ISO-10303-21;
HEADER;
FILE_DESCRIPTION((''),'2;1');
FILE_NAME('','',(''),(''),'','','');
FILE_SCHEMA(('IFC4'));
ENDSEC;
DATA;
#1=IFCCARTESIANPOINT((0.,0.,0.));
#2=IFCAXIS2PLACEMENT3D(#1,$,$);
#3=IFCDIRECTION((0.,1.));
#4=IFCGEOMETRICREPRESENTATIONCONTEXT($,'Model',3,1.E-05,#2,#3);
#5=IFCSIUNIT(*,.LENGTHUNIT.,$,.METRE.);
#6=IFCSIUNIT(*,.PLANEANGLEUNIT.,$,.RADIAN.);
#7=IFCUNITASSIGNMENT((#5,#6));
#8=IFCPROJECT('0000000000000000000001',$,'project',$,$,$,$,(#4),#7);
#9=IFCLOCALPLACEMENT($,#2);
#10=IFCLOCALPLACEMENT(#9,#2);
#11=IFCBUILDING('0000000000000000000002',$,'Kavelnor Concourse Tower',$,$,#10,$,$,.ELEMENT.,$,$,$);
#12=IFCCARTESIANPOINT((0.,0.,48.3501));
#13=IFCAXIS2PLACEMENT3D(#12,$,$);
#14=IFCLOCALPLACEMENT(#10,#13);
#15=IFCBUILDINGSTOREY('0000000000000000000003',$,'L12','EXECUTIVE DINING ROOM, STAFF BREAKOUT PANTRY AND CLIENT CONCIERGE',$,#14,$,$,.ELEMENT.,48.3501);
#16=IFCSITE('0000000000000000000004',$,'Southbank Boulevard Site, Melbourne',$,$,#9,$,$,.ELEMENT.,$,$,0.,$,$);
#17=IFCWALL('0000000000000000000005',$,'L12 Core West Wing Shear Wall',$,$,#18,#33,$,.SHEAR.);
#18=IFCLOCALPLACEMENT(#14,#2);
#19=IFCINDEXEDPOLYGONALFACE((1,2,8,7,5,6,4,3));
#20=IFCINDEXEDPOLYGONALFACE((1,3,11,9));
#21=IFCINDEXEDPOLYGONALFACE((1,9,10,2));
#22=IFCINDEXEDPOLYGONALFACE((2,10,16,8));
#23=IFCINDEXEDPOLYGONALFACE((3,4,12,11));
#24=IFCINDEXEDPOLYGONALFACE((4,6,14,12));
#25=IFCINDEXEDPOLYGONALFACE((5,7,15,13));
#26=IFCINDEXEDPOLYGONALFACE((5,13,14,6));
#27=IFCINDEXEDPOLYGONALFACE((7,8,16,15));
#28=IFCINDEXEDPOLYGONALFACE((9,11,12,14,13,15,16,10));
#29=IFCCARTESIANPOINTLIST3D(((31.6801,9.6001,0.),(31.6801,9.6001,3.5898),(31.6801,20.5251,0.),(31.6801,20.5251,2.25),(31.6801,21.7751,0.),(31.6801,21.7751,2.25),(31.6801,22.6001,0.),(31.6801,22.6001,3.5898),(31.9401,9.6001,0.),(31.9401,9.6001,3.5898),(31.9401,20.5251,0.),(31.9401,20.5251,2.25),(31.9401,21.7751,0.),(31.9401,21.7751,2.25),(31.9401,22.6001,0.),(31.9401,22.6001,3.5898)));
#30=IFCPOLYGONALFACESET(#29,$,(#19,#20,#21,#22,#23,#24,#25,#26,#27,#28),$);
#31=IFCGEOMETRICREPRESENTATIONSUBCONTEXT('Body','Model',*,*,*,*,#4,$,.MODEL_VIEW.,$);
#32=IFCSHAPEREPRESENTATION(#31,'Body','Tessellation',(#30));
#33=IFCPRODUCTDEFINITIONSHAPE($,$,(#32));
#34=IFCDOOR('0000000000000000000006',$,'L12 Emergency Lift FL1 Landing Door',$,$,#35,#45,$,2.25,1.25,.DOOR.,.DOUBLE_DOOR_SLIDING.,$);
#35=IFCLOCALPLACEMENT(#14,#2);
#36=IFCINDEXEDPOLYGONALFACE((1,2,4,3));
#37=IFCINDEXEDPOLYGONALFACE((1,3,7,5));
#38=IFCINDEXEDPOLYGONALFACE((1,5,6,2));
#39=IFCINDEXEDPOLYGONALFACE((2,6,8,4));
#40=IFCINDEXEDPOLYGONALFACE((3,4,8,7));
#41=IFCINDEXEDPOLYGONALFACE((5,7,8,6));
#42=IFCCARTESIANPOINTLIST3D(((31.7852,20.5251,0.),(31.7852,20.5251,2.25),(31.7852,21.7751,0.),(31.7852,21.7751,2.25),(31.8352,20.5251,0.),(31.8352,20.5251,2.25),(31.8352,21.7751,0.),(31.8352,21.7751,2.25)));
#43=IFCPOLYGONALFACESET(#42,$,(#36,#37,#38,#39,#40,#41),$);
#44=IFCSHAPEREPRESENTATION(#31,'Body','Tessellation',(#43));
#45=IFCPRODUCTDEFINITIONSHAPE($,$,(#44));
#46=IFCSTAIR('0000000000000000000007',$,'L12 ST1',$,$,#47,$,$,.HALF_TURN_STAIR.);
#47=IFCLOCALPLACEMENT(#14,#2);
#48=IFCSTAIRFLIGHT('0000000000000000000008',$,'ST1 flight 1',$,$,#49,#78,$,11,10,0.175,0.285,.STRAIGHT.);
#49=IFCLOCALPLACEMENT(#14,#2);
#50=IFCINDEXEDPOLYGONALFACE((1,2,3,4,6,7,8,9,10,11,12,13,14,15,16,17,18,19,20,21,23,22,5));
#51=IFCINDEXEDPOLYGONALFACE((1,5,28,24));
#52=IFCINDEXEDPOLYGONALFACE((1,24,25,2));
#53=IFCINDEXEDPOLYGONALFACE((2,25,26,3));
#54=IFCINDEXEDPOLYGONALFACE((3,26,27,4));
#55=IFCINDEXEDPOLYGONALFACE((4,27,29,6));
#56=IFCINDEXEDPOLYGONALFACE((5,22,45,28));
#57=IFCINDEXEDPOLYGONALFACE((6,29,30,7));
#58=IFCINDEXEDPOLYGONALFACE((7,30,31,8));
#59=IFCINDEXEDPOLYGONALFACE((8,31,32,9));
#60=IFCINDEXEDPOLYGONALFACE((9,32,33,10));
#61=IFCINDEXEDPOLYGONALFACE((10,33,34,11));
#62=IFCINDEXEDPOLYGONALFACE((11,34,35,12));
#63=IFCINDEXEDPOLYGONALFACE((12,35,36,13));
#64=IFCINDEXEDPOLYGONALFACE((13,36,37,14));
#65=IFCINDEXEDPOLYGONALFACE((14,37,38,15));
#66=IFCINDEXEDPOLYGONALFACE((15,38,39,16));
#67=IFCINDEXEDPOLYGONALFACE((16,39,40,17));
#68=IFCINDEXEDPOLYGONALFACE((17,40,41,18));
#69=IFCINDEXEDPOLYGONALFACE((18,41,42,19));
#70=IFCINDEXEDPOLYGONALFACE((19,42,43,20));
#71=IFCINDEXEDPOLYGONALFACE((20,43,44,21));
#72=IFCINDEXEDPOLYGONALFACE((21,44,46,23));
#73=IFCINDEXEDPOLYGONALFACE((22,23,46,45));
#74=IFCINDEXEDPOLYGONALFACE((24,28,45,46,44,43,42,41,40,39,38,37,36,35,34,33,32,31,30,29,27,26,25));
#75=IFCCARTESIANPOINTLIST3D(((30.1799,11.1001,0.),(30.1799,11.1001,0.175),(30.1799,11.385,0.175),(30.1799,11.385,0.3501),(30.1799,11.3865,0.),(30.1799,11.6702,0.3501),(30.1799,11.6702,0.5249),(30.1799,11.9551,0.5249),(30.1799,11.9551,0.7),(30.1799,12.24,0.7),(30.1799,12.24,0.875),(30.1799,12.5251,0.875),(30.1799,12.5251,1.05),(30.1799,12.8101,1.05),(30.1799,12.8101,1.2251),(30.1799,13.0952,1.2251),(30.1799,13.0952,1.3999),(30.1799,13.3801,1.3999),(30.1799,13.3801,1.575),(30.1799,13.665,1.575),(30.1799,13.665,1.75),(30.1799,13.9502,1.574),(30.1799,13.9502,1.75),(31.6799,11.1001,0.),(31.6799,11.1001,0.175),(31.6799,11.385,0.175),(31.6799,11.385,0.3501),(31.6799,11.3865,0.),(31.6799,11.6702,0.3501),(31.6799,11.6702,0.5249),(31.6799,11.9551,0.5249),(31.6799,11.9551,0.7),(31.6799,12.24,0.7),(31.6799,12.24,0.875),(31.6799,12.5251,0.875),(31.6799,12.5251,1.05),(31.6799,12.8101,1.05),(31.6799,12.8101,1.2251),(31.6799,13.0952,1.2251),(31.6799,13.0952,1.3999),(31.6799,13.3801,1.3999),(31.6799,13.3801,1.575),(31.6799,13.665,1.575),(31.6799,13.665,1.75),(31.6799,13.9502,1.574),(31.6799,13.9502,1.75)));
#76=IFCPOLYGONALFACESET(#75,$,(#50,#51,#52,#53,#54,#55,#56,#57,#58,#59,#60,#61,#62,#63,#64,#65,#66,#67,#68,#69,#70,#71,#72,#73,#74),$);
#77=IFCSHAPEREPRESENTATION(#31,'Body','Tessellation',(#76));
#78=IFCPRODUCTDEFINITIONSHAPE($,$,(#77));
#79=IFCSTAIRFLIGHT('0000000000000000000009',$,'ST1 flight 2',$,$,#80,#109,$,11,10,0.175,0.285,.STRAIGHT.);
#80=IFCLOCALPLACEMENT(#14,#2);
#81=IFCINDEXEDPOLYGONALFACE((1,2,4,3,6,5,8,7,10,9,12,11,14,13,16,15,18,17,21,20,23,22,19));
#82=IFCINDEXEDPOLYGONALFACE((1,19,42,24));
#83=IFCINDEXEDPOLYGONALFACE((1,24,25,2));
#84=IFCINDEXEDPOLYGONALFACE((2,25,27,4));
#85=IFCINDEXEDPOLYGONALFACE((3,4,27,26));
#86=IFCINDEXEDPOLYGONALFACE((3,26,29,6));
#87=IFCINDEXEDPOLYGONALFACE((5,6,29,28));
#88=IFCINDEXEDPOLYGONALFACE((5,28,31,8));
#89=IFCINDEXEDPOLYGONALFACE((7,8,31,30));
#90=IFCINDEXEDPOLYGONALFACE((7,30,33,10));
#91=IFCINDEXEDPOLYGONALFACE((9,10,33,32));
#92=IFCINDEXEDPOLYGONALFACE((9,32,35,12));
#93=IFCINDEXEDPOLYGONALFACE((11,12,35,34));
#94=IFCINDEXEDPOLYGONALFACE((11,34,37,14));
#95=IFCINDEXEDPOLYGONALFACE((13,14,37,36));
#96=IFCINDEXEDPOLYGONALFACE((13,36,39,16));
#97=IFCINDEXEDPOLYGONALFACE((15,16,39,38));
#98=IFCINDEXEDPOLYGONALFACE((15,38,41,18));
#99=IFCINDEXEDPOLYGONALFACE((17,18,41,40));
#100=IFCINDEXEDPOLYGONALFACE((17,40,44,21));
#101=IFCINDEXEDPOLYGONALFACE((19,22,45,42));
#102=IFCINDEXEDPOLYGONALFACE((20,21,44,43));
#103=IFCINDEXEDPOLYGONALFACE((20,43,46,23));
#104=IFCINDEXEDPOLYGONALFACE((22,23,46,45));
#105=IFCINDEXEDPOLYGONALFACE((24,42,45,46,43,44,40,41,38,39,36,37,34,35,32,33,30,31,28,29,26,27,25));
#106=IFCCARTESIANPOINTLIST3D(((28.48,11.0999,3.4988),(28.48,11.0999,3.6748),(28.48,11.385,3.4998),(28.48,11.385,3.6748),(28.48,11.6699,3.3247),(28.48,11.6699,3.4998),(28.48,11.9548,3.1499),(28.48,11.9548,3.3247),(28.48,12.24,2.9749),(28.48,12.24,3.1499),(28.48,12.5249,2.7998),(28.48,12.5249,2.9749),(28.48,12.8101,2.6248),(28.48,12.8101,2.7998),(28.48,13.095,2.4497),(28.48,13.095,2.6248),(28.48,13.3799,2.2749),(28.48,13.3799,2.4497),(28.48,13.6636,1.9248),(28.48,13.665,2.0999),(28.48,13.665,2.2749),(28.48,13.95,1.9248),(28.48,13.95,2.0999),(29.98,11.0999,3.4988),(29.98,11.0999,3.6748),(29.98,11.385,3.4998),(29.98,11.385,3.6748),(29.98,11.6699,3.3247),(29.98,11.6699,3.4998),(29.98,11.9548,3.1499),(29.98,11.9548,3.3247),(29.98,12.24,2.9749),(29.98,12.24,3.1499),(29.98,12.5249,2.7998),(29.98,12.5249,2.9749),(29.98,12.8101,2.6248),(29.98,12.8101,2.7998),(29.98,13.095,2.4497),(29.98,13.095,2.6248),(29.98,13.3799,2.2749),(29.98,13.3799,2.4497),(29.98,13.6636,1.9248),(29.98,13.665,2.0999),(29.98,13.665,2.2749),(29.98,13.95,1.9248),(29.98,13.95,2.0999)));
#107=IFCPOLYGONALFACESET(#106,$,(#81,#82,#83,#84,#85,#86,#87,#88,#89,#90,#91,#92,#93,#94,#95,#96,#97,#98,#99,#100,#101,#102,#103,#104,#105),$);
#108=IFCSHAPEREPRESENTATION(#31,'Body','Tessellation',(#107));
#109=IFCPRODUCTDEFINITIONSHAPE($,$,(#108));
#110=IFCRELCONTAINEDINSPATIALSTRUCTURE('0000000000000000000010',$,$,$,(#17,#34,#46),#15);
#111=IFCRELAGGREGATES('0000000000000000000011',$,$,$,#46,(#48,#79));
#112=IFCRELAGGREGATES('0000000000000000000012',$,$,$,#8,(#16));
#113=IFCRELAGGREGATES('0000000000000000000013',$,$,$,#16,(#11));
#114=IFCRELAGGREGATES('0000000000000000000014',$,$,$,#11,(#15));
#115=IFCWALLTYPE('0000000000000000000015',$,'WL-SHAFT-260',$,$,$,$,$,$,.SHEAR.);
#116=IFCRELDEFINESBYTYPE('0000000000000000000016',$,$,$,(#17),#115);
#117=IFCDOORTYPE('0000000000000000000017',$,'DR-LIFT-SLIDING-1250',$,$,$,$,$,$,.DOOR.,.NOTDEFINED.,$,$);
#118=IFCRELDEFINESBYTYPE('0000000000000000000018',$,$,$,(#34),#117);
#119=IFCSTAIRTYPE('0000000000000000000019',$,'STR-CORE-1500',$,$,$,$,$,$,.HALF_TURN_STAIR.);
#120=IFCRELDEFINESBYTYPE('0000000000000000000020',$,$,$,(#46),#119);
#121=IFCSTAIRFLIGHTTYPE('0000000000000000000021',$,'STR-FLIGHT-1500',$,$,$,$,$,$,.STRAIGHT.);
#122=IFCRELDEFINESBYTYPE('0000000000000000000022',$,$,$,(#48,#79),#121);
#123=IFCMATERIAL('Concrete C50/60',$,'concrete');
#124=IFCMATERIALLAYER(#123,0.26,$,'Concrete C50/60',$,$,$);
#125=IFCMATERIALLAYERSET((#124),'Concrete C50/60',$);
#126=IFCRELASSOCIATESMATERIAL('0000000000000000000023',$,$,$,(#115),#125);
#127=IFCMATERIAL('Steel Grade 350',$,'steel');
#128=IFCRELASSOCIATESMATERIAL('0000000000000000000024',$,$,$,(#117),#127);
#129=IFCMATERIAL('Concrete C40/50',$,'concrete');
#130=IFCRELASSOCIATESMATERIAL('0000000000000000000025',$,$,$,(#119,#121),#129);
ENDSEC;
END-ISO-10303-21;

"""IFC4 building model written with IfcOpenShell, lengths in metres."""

from ifc_helpers import new_model, si_unit, direction, frame, frame_2d, origin, place, context, subcontext, project, spatial, polyline, rectangle, outline, extrude, material, layer, layer_set, type_object, element, fill, aggregate, save


model = new_model("IFC4")

# Units and contexts
model_context = context("Model", 3, precision=1e-05, world=origin(), true_north=direction((0.0, 1.0)))
body_context = subcontext(model_context, "Body", "Model", "MODEL_VIEW")
ifc_project = project(units=[si_unit("LENGTHUNIT", "METRE"), si_unit("PLANEANGLEUNIT", "RADIAN")], contexts=[model_context])

# Site, building, storey
site_placement = place(None, origin())
site = spatial("IfcSite", under=ifc_project, at=site_placement, Name="Southbank Boulevard Site, Melbourne", CompositionType="ELEMENT", RefElevation=0.0)
building_placement = place(site_placement, origin())
building = spatial("IfcBuilding", under=site, at=building_placement, Name="Kavelnor Concourse Tower", CompositionType="ELEMENT")
storey_placement = place(building_placement, frame((0.0, 0.0, 48.3501)))
storey = spatial("IfcBuildingStorey", under=building, at=storey_placement, Name="L12", Description="EXECUTIVE DINING ROOM, STAFF BREAKOUT PANTRY AND CLIENT CONCIERGE", CompositionType="ELEMENT", Elevation=48.3501)

# Shared definitions
ifc_material_1 = material(Name="Steel Grade 350", Category="steel")

# Shared definitions
ifc_material_2 = material(Name="Concrete C50/60", Category="concrete")

# Wall, opening, door
ifc_layer_1 = layer(ifc_material_2, 0.26, Name="Concrete C50/60")
ifc_layer_set_1 = layer_set([ifc_layer_1], Name="Concrete C50/60")
wall_type_1 = type_object("IfcWallType", Name="WL-SHAFT-260", PredefinedType="SHEAR", material=ifc_layer_set_1)
wall_1_placement = place(storey_placement, frame((31.8101, 9.6001, 0.0), z_axis=(0.0, 0.0, 1.0), x_axis=(0.0, 1.0, 0.0)))
wall_1 = element("IfcWall", 1, at=wall_1_placement, inside=storey, type_object=wall_type_1, Name="L12 Core West Wing Shear Wall", PredefinedType="SHEAR", context=body_context, shape_type="SweptSolid", body=[
    extrude(rectangle(XDim=13.0, YDim=0.26, at=frame_2d((6.5, 0.0))), origin(), (0.0, 0.0, 1.0), 3.5898),
])
opening_1_placement = place(wall_1_placement, frame((10.925, 0.0, 0.0)))
opening_1 = element("IfcOpeningElement", 2, at=opening_1_placement, cuts=wall_1, PredefinedType="OPENING", context=body_context, shape_type="SweptSolid", body=[
    extrude(rectangle(XDim=1.25, YDim=2.25, at=frame_2d((0.625, 1.125))), frame((0.0, 0.1401, 0.0), z_axis=(0.0, -1.0, 0.0), x_axis=(1.0, 0.0, 0.0)), (0.0, 0.0, 1.0), 0.28),
])
door_type_1 = type_object("IfcDoorType", Name="DR-LIFT-SLIDING-1250", OperationType="NOTDEFINED", PredefinedType="DOOR", material=ifc_material_1)
door_1_placement = place(opening_1_placement, origin())
door_1 = element("IfcDoor", 3, at=door_1_placement, inside=storey, type_object=door_type_1, Name="L12 Emergency Lift FL1 Landing Door", OperationType="DOUBLE_DOOR_SLIDING", OverallHeight=2.25, OverallWidth=1.25, PredefinedType="DOOR", context=body_context, shape_type="SweptSolid", body=[
    extrude(rectangle(XDim=1.25, YDim=2.25, at=frame_2d((0.625, 1.125))), frame((0.0, 0.0249, 0.0), z_axis=(0.0, -1.0, 0.0), x_axis=(1.0, 0.0, 0.0)), (0.0, 0.0, 1.0), 0.05),
])
fill(opening_1, door_1)

# Stair, stair flights
ifc_material_3 = material(Name="Concrete C40/50", Category="concrete")
stair_type = type_object("IfcStairType", Name="STR-CORE-1500", PredefinedType="HALF_TURN_STAIR", material=ifc_material_3)
stair_placement = place(storey_placement, origin())
stair = element("IfcStair", 4, at=stair_placement, inside=storey, type_object=stair_type, Name="L12 ST1", PredefinedType="HALF_TURN_STAIR")
stair_flight_type = type_object("IfcStairFlightType", Name="STR-FLIGHT-1500", PredefinedType="STRAIGHT", material=ifc_material_3)
stair_flight_1_placement = place(storey_placement, frame((30.9299, 11.1001, 0.0), z_axis=(0.0, 0.0, 1.0), x_axis=(0.0, 1.0, 0.0)))
stair_flight_1 = element("IfcStairFlight", 5, at=stair_flight_1_placement, type_object=stair_flight_type, Name="ST1 flight 1", NumberOfRisers=11, NumberOfTreads=10, PredefinedType="STRAIGHT", RiserHeight=0.175, TreadLength=0.285, context=body_context, shape_type="SweptSolid", body=[
    extrude(outline(polyline([(0.0, 0.0), (0.0, 0.175), (0.2849, 0.175), (0.2849, 0.3501), (0.5701, 0.3501), (0.5701, 0.5249), (0.855, 0.5249), (0.855, 0.7), (1.1399, 0.7), (1.1399, 0.875), (1.425, 0.875), (1.425, 1.05), (1.71, 1.05), (1.71, 1.2251), (1.9951, 1.2251), (1.9951, 1.3999), (2.28, 1.3999), (2.28, 1.575), (2.5649, 1.575), (2.5649, 1.75), (2.8501, 1.75), (2.8501, 1.925), (2.8501, 1.574), (0.2864, 0.0), (0.0, 0.0)])), frame((0.0, 0.75, 0.0), z_axis=(0.0, -1.0, 0.0), x_axis=(1.0, 0.0, 0.0)), (0.0, 0.0, 1.0), 1.5),
])
stair_flight_2_placement = place(storey_placement, frame((29.23, 13.95, 1.9248), z_axis=(0.0, 0.0, 1.0), x_axis=(0.0, -1.0, 0.0)))
stair_flight_2 = element("IfcStairFlight", 6, at=stair_flight_2_placement, type_object=stair_flight_type, Name="ST1 flight 2", NumberOfRisers=11, NumberOfTreads=10, PredefinedType="STRAIGHT", RiserHeight=0.175, TreadLength=0.285, context=body_context, shape_type="SweptSolid", body=[
    extrude(outline(polyline([(0.0, 0.0), (0.0, 0.175), (0.2849, 0.175), (0.2849, 0.3501), (0.5701, 0.3501), (0.5701, 0.5249), (0.855, 0.5249), (0.855, 0.7), (1.1399, 0.7), (1.1399, 0.875), (1.425, 0.875), (1.425, 1.05), (1.71, 1.05), (1.71, 1.2251), (1.9951, 1.2251), (1.9951, 1.3999), (2.28, 1.3999), (2.28, 1.575), (2.5649, 1.575), (2.5649, 1.75), (2.8501, 1.75), (2.8501, 1.925), (2.8501, 1.574), (0.2864, 0.0), (0.0, 0.0)])), frame((0.0, 0.75, 0.0), z_axis=(0.0, -1.0, 0.0), x_axis=(1.0, 0.0, 0.0)), (0.0, 0.0, 1.0), 1.5),
])
aggregate(stair, [stair_flight_1, stair_flight_2])

save(model, "model.ifc")
